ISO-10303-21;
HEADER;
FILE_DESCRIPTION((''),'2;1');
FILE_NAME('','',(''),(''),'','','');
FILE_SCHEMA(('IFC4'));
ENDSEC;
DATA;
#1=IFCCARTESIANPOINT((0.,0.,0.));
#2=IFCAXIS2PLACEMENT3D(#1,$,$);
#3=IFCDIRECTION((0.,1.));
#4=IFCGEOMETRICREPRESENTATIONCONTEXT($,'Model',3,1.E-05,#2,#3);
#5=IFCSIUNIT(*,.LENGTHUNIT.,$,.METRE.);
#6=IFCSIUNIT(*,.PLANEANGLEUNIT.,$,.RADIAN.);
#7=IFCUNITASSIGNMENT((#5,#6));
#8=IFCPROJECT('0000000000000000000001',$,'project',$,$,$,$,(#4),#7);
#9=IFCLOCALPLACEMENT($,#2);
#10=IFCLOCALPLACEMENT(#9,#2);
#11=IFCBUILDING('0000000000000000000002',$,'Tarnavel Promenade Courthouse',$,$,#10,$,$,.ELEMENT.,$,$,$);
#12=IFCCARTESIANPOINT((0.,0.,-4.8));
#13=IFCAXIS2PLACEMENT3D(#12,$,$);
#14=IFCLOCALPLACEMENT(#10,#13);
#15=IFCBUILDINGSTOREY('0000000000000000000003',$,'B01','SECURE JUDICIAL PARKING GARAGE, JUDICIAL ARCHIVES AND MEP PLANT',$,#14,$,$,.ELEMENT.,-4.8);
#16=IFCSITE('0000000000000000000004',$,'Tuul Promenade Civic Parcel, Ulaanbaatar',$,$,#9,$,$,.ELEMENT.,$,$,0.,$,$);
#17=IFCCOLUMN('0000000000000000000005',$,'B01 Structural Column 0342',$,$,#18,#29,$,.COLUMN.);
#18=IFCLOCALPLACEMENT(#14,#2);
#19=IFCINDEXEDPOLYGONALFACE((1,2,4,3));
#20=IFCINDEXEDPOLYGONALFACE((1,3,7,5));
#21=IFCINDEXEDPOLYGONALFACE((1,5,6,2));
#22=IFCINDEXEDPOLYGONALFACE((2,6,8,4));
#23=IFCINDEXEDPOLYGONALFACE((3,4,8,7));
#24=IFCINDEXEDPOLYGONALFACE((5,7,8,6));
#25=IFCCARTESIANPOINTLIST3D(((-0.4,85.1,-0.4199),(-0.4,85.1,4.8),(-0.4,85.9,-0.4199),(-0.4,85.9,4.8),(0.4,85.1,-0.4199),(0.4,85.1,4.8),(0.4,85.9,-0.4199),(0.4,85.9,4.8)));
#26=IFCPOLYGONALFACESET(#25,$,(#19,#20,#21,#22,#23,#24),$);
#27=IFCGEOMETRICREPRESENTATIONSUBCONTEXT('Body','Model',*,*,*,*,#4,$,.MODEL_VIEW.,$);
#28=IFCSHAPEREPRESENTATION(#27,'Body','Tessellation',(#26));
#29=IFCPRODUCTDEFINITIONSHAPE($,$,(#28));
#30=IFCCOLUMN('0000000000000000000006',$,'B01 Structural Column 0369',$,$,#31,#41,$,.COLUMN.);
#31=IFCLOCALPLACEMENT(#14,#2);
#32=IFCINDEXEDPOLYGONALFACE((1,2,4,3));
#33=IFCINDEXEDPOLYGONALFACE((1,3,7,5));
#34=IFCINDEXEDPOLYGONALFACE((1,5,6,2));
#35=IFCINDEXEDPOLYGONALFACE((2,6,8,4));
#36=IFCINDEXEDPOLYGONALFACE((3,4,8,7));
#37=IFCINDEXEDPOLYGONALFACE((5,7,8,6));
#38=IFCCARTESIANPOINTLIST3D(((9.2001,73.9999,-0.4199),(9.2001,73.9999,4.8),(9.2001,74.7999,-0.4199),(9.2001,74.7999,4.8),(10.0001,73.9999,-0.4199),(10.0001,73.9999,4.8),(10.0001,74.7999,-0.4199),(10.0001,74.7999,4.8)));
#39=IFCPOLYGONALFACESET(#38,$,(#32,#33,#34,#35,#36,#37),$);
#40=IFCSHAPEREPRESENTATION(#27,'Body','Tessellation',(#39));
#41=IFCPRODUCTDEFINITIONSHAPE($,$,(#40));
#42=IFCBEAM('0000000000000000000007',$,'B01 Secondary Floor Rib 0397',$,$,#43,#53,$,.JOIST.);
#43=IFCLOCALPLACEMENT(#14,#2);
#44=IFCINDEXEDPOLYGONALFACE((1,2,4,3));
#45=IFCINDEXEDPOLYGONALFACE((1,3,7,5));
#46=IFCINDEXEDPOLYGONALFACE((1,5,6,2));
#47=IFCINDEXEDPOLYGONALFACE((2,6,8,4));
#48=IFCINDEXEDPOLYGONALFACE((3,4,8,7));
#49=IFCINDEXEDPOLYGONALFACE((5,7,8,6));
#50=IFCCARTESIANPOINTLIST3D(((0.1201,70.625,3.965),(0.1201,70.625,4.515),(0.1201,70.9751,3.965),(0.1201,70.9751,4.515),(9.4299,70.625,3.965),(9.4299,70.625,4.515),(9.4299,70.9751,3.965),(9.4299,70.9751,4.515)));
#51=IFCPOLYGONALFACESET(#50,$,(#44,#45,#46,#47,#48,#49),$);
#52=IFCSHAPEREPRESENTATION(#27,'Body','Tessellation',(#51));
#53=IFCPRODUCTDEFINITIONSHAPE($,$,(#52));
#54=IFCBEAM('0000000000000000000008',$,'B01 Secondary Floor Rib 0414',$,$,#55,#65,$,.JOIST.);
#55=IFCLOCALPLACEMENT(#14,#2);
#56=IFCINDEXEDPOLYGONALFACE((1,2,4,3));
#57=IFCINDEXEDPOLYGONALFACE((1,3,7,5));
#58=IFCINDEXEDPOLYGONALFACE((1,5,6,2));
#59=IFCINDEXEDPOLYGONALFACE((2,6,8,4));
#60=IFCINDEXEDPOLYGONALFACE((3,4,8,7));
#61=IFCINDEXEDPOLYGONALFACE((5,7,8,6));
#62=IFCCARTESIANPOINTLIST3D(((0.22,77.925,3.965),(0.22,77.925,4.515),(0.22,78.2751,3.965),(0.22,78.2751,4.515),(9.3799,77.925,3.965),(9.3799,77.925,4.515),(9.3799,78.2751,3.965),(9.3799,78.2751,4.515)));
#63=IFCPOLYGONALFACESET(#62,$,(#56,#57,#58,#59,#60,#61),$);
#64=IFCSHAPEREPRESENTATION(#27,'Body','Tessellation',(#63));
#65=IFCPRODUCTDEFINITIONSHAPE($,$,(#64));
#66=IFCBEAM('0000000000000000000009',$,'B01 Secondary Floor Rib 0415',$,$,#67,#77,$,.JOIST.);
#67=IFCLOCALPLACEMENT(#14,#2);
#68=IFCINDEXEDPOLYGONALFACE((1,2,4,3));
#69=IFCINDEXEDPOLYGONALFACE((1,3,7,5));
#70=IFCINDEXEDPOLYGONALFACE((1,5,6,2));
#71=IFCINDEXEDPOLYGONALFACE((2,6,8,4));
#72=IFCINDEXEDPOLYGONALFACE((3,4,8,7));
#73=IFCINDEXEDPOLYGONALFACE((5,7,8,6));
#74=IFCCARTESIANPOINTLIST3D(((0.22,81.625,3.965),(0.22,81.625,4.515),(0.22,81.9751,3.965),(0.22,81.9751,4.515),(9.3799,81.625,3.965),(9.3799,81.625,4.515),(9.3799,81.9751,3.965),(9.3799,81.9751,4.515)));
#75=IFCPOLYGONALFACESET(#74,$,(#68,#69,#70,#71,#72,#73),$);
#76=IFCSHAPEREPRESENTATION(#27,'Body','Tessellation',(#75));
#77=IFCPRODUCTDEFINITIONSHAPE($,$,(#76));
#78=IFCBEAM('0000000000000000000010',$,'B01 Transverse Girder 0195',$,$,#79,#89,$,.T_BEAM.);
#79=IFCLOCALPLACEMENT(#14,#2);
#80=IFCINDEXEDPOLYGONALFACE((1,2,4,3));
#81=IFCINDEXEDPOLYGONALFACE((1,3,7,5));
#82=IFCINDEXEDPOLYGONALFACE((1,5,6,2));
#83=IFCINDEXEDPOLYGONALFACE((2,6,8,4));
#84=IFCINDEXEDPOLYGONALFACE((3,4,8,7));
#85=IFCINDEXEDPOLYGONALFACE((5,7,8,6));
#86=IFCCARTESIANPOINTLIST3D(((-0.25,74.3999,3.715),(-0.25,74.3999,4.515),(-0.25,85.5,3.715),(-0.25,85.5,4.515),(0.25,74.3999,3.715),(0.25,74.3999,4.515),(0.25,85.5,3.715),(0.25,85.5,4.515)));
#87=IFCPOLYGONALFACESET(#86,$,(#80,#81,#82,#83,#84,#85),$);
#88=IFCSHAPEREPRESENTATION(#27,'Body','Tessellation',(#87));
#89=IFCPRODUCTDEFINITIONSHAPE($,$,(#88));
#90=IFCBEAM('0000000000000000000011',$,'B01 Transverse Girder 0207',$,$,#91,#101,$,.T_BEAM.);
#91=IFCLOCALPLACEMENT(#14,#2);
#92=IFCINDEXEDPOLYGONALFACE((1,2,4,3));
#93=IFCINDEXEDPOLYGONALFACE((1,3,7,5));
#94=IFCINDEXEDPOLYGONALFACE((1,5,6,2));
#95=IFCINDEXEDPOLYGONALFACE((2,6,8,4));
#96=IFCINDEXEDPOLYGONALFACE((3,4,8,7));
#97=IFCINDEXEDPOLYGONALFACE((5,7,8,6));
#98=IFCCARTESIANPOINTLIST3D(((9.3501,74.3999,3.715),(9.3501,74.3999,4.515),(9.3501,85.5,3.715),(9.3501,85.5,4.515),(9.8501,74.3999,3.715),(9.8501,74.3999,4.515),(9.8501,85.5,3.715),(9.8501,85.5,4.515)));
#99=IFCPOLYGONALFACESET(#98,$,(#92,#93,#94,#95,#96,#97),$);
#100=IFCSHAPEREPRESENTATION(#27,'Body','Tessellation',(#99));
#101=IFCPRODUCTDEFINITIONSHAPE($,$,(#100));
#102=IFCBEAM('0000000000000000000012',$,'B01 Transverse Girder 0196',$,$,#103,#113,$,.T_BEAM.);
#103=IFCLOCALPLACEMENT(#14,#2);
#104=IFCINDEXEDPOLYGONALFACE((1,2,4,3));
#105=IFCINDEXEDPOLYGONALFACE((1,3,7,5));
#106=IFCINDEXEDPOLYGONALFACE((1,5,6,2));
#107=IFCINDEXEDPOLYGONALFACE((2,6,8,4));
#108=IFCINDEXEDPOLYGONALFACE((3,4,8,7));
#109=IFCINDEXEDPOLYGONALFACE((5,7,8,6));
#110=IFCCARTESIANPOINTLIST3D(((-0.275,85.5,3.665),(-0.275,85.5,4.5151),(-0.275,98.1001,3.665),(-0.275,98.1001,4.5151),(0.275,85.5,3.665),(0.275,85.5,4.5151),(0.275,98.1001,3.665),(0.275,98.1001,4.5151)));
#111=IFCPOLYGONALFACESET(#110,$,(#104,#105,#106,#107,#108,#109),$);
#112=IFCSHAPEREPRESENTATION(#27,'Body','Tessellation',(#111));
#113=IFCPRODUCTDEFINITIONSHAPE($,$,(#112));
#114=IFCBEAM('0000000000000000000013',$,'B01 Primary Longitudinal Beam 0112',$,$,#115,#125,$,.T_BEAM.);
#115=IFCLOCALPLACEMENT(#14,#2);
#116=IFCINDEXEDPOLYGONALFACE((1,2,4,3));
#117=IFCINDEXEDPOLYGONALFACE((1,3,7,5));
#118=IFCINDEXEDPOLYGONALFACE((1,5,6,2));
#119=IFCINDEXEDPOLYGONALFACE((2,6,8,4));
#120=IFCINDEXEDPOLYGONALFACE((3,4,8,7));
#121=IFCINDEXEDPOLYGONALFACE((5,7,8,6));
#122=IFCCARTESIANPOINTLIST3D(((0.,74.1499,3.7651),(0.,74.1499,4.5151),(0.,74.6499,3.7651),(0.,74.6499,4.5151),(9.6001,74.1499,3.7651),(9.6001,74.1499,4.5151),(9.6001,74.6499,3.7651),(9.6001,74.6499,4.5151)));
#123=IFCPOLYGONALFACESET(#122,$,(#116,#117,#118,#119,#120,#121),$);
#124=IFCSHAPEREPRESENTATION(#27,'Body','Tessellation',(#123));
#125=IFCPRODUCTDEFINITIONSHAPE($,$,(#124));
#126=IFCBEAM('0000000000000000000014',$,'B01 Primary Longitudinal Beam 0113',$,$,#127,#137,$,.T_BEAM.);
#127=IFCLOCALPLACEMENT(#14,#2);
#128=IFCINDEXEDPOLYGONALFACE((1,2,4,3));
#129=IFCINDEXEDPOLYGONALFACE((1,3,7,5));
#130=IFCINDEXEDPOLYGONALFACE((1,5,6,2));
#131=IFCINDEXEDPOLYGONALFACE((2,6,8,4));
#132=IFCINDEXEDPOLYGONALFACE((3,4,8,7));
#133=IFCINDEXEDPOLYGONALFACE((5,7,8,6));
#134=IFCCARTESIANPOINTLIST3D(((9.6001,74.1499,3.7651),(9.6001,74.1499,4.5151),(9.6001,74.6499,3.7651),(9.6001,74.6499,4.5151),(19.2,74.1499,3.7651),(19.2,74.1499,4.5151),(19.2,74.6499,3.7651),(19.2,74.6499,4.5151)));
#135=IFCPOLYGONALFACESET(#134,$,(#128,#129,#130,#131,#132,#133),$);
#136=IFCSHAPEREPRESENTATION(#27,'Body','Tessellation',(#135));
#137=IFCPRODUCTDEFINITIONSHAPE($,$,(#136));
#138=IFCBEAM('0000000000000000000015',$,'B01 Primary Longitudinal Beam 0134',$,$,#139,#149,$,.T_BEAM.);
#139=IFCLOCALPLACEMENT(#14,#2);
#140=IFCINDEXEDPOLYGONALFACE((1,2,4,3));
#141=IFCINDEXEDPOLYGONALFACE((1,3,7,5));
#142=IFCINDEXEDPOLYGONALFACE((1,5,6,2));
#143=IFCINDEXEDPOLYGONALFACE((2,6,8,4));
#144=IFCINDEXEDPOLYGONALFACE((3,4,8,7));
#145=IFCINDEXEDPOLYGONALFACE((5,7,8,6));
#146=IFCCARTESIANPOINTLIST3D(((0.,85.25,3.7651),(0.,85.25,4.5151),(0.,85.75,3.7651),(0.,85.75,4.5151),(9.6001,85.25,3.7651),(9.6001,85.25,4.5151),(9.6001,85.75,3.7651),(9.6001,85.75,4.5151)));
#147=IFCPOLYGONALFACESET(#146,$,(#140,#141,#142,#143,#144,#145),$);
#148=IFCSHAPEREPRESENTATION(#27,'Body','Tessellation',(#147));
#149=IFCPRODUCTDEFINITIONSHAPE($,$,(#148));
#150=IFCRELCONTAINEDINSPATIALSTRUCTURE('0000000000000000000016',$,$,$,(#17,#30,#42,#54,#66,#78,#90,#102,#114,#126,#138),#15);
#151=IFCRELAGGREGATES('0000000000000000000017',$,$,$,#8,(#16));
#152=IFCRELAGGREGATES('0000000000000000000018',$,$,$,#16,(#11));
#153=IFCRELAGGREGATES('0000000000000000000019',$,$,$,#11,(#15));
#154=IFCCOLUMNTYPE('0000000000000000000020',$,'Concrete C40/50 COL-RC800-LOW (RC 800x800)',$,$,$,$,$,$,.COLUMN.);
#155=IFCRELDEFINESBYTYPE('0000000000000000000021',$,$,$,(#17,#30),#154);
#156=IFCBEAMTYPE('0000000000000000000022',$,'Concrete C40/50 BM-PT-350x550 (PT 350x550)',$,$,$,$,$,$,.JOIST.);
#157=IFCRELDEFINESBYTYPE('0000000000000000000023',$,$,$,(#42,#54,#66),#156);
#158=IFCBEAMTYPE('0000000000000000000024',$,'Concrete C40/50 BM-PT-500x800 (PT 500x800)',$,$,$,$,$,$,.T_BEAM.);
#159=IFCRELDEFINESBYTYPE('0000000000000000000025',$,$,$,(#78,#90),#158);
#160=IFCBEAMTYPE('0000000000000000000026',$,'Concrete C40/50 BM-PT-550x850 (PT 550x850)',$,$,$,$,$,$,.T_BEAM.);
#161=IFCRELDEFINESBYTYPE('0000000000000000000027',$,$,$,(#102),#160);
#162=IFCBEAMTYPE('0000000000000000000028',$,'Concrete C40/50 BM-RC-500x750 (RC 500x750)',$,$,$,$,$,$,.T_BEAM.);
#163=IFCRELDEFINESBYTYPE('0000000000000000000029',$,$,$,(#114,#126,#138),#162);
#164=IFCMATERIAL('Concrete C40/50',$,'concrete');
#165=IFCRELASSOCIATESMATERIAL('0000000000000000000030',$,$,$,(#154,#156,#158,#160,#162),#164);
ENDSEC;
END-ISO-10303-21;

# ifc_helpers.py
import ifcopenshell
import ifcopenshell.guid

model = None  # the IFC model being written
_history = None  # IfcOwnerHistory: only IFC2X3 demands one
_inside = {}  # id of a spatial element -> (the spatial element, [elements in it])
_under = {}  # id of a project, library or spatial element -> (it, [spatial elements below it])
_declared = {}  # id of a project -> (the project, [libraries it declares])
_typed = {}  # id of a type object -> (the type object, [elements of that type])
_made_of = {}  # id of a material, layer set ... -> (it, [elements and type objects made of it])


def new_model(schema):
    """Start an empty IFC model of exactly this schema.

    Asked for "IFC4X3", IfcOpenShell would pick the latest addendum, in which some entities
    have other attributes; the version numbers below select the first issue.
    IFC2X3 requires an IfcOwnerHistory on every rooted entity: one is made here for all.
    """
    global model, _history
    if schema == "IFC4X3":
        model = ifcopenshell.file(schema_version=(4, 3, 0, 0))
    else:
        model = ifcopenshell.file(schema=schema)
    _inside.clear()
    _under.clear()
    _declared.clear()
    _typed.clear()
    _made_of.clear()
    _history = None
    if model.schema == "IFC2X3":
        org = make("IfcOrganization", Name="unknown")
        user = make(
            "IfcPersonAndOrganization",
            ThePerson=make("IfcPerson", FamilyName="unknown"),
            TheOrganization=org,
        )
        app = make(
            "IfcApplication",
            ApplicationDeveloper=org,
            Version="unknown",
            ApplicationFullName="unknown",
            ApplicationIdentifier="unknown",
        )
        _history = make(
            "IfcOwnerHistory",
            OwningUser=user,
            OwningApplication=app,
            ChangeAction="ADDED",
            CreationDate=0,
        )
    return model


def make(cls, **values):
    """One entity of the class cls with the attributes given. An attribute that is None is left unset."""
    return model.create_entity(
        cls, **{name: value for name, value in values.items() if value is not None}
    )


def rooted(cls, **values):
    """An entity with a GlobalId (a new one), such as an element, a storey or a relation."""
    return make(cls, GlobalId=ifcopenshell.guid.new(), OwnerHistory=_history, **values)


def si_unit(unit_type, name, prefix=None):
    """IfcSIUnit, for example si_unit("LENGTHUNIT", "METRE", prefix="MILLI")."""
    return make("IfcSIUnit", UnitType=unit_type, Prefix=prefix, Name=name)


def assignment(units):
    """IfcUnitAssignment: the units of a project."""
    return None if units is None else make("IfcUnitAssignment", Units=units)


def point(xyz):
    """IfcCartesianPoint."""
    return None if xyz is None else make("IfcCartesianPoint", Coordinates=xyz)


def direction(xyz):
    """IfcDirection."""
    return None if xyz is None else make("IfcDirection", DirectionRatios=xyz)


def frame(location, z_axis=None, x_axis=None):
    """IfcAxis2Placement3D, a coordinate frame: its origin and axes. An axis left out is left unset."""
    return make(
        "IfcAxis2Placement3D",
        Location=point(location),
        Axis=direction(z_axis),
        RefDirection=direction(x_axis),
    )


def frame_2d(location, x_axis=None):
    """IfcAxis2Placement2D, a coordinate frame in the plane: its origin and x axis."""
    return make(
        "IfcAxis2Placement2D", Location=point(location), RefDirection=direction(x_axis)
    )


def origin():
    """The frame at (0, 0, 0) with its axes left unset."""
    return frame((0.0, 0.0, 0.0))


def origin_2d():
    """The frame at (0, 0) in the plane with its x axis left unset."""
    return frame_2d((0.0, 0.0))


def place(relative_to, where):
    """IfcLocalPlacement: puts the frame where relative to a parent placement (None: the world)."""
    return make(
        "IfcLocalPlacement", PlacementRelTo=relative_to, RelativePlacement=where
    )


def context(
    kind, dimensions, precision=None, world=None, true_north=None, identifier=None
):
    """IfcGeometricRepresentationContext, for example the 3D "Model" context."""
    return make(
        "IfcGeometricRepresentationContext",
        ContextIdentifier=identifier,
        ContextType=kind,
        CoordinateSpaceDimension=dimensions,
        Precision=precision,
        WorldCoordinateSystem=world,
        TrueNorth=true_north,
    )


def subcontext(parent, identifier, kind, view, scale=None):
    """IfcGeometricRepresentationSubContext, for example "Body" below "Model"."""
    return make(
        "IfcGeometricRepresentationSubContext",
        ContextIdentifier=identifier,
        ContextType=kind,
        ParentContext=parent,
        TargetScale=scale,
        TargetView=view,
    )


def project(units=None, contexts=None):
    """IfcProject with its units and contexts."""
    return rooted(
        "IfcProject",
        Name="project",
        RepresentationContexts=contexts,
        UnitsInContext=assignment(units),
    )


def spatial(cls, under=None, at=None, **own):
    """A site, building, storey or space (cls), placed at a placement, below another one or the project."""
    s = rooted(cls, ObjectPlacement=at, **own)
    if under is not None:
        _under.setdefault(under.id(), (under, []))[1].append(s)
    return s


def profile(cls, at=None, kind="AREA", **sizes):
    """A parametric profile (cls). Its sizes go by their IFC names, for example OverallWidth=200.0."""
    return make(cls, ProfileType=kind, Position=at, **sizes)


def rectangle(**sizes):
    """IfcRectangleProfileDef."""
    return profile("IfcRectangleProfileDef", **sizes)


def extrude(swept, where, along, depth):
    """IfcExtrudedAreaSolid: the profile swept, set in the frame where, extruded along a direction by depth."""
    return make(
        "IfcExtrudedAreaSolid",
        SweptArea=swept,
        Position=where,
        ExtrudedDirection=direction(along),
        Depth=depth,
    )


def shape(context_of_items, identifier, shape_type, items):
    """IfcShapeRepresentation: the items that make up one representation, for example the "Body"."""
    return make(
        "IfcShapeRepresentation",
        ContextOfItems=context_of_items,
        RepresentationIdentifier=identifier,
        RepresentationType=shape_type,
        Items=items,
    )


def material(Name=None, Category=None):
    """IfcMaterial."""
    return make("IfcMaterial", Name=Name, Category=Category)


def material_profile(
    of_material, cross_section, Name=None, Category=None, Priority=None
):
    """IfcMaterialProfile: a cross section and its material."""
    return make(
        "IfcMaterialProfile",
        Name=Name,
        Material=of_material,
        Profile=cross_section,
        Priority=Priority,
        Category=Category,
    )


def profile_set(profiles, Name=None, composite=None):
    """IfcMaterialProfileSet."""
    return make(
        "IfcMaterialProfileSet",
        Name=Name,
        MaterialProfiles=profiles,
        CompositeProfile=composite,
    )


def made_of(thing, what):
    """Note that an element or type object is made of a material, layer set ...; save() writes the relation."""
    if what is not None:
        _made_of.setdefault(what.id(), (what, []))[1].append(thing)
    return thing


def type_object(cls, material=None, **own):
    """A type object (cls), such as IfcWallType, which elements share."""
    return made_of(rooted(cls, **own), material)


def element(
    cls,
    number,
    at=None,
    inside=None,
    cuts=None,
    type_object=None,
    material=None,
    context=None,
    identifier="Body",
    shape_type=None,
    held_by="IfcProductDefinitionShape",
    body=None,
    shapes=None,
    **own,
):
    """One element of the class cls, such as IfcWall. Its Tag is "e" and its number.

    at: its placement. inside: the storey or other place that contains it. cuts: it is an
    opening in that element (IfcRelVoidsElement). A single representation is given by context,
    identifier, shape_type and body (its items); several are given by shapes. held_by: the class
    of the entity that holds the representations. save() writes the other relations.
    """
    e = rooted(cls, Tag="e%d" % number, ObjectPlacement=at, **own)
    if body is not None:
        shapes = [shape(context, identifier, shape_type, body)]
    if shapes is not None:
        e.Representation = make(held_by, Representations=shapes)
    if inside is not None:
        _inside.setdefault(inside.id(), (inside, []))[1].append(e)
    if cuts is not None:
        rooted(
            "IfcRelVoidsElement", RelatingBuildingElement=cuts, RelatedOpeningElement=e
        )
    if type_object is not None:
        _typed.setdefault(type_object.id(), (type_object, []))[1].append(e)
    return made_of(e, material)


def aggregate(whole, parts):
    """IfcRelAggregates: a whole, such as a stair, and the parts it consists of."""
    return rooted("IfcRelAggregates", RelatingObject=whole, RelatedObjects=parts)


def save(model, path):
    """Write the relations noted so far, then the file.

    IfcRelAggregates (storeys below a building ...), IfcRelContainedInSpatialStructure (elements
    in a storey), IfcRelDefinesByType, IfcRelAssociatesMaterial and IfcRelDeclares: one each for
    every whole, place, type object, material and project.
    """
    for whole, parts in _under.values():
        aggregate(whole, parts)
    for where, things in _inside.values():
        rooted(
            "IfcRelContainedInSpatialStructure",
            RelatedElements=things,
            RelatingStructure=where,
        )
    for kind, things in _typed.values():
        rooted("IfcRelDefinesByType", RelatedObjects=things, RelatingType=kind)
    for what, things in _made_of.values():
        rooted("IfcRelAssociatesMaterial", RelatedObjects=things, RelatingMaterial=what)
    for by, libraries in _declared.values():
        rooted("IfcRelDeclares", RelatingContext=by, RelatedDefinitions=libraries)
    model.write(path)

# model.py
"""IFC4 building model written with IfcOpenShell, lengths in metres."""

from ifc_helpers import new_model, si_unit, direction, frame, origin, origin_2d, place, context, subcontext, project, spatial, rectangle, extrude, material, material_profile, profile_set, type_object, element, save


model = new_model("IFC4")

# Units and contexts
model_context = context("Model", 3, precision=1e-05, world=origin(), true_north=direction((0.0, 1.0)))
body_context = subcontext(model_context, "Body", "Model", "MODEL_VIEW")
ifc_project = project(units=[si_unit("LENGTHUNIT", "METRE"), si_unit("PLANEANGLEUNIT", "RADIAN")], contexts=[model_context])

# Site, building, storey
site_placement = place(None, origin())
site = spatial("IfcSite", under=ifc_project, at=site_placement, Name="Tuul Promenade Civic Parcel, Ulaanbaatar", CompositionType="ELEMENT", RefElevation=0.0)
building_placement = place(site_placement, origin())
building = spatial("IfcBuilding", under=site, at=building_placement, Name="Tarnavel Promenade Courthouse", CompositionType="ELEMENT")
storey_placement = place(building_placement, frame((0.0, 0.0, -4.8)))
storey = spatial("IfcBuildingStorey", under=building, at=storey_placement, Name="B01", Description="SECURE JUDICIAL PARKING GARAGE, JUDICIAL ARCHIVES AND MEP PLANT", CompositionType="ELEMENT", Elevation=-4.8)

# Columns
ifc_material_1 = material(Name="Concrete C40/50", Category="concrete")
ifc_material_profile_1 = material_profile(ifc_material_1, rectangle(XDim=0.8, YDim=0.8, at=origin_2d()), Name="RC 800x800")
ifc_profile_set_1 = profile_set([ifc_material_profile_1], Name="Concrete C40/50")
column_type = type_object("IfcColumnType", Name="Concrete C40/50 COL-RC800-LOW (RC 800x800)", PredefinedType="COLUMN", material=ifc_profile_set_1)
for number, where, z_axis, x_axis, name in (
    (1, (0.0, 85.5, -0.4199), (0.0, 0.0, 1.0), (1.0, 0.0, 0.0), "B01 Structural Column 0342"),
    (2, (9.6001, 74.3999, -0.4199), (0.0, 0.0, 1.0), (1.0, 0.0, 0.0), "B01 Structural Column 0369"),
):
    element("IfcColumn", number, at=place(storey_placement, frame(where, z_axis=z_axis, x_axis=x_axis)), inside=storey, type_object=column_type, Name=name, PredefinedType="COLUMN", context=body_context, shape_type="SweptSolid", body=[
        extrude(rectangle(XDim=0.8, YDim=0.8, at=origin_2d()), origin(), (0.0, 0.0, 1.0), 5.22),
    ])

# Beams
ifc_material_profile_2 = material_profile(ifc_material_1, rectangle(XDim=0.3501, YDim=0.55, at=origin_2d()), Name="PT 350x550")
ifc_profile_set_2 = profile_set([ifc_material_profile_2], Name="Concrete C40/50")
beam_type_1 = type_object("IfcBeamType", Name="Concrete C40/50 BM-PT-350x550 (PT 350x550)", PredefinedType="JOIST", material=ifc_profile_set_2)
beam_1_placement = place(storey_placement, frame((0.1201, 70.8, 4.24), z_axis=(1.0, 0.0, 0.0), x_axis=(0.0, 1.0, 0.0)))
element("IfcBeam", 3, at=beam_1_placement, inside=storey, type_object=beam_type_1, Name="B01 Secondary Floor Rib 0397", PredefinedType="JOIST", context=body_context, shape_type="SweptSolid", body=[
    extrude(rectangle(XDim=0.3501, YDim=0.55, at=origin_2d()), origin(), (0.0, 0.0, 1.0), 9.3098),
])
for number, where, z_axis, x_axis, name in (
    (4, (0.22, 78.1001, 4.24), (1.0, 0.0, 0.0), (0.0, 1.0, 0.0), "B01 Secondary Floor Rib 0414"),
    (5, (0.22, 81.8, 4.24), (1.0, 0.0, 0.0), (0.0, 1.0, 0.0), "B01 Secondary Floor Rib 0415"),
):
    element("IfcBeam", number, at=place(storey_placement, frame(where, z_axis=z_axis, x_axis=x_axis)), inside=storey, type_object=beam_type_1, Name=name, PredefinedType="JOIST", context=body_context, shape_type="SweptSolid", body=[
        extrude(rectangle(XDim=0.3501, YDim=0.55, at=origin_2d()), origin(), (0.0, 0.0, 1.0), 9.1599),
    ])
ifc_material_profile_3 = material_profile(ifc_material_1, rectangle(XDim=0.5, YDim=0.8, at=origin_2d()), Name="PT 500x800")
ifc_profile_set_3 = profile_set([ifc_material_profile_3], Name="Concrete C40/50")
beam_type_2 = type_object("IfcBeamType", Name="Concrete C40/50 BM-PT-500x800 (PT 500x800)", PredefinedType="T_BEAM", material=ifc_profile_set_3)
for number, where, z_axis, x_axis, name in (
    (6, (0.0, 74.3999, 4.115), (0.0, 1.0, 0.0), (-1.0, 0.0, 0.0), "B01 Transverse Girder 0195"),
    (7, (9.6001, 74.3999, 4.115), (0.0, 1.0, 0.0), (-1.0, 0.0, 0.0), "B01 Transverse Girder 0207"),
):
    element("IfcBeam", number, at=place(storey_placement, frame(where, z_axis=z_axis, x_axis=x_axis)), inside=storey, type_object=beam_type_2, Name=name, PredefinedType="T_BEAM", context=body_context, shape_type="SweptSolid", body=[
        extrude(rectangle(XDim=0.5, YDim=0.8, at=origin_2d()), origin(), (0.0, 0.0, 1.0), 11.1001),
    ])
ifc_material_profile_4 = material_profile(ifc_material_1, rectangle(XDim=0.55, YDim=0.8501, at=origin_2d()), Name="PT 550x850")
ifc_profile_set_4 = profile_set([ifc_material_profile_4], Name="Concrete C40/50")
beam_type_3 = type_object("IfcBeamType", Name="Concrete C40/50 BM-PT-550x850 (PT 550x850)", PredefinedType="T_BEAM", material=ifc_profile_set_4)
beam_2_placement = place(storey_placement, frame((0.0, 85.5, 4.0901), z_axis=(0.0, 1.0, 0.0), x_axis=(-1.0, 0.0, 0.0)))
element("IfcBeam", 8, at=beam_2_placement, inside=storey, type_object=beam_type_3, Name="B01 Transverse Girder 0196", PredefinedType="T_BEAM", context=body_context, shape_type="SweptSolid", body=[
    extrude(rectangle(XDim=0.55, YDim=0.8501, at=origin_2d()), origin(), (0.0, 0.0, 1.0), 12.6001),
])
ifc_material_profile_5 = material_profile(ifc_material_1, rectangle(XDim=0.5, YDim=0.75, at=origin_2d()), Name="RC 500x750")
ifc_profile_set_5 = profile_set([ifc_material_profile_5], Name="Concrete C40/50")
beam_type_4 = type_object("IfcBeamType", Name="Concrete C40/50 BM-RC-500x750 (RC 500x750)", PredefinedType="T_BEAM", material=ifc_profile_set_5)
beam_3_placement = place(storey_placement, frame((0.0, 74.3999, 4.1401), z_axis=(1.0, 0.0, 0.0), x_axis=(0.0, 1.0, 0.0)))
element("IfcBeam", 9, at=beam_3_placement, inside=storey, type_object=beam_type_4, Name="B01 Primary Longitudinal Beam 0112", PredefinedType="T_BEAM", context=body_context, shape_type="SweptSolid", body=[
    extrude(rectangle(XDim=0.5, YDim=0.75, at=origin_2d()), origin(), (0.0, 0.0, 1.0), 9.6001),
])
beam_4_placement = place(storey_placement, frame((9.6001, 74.3999, 4.1401), z_axis=(1.0, 0.0, 0.0), x_axis=(0.0, 1.0, 0.0)))
element("IfcBeam", 10, at=beam_4_placement, inside=storey, type_object=beam_type_4, Name="B01 Primary Longitudinal Beam 0113", PredefinedType="T_BEAM", context=body_context, shape_type="SweptSolid", body=[
    extrude(rectangle(XDim=0.5, YDim=0.75, at=origin_2d()), origin(), (0.0, 0.0, 1.0), 9.5999),
])
beam_5_placement = place(storey_placement, frame((0.0, 85.5, 4.1401), z_axis=(1.0, 0.0, 0.0), x_axis=(0.0, 1.0, 0.0)))
element("IfcBeam", 11, at=beam_5_placement, inside=storey, type_object=beam_type_4, Name="B01 Primary Longitudinal Beam 0134", PredefinedType="T_BEAM", context=body_context, shape_type="SweptSolid", body=[
    extrude(rectangle(XDim=0.5, YDim=0.75, at=origin_2d()), origin(), (0.0, 0.0, 1.0), 9.6001),
])

save(model, "model.ifc")
